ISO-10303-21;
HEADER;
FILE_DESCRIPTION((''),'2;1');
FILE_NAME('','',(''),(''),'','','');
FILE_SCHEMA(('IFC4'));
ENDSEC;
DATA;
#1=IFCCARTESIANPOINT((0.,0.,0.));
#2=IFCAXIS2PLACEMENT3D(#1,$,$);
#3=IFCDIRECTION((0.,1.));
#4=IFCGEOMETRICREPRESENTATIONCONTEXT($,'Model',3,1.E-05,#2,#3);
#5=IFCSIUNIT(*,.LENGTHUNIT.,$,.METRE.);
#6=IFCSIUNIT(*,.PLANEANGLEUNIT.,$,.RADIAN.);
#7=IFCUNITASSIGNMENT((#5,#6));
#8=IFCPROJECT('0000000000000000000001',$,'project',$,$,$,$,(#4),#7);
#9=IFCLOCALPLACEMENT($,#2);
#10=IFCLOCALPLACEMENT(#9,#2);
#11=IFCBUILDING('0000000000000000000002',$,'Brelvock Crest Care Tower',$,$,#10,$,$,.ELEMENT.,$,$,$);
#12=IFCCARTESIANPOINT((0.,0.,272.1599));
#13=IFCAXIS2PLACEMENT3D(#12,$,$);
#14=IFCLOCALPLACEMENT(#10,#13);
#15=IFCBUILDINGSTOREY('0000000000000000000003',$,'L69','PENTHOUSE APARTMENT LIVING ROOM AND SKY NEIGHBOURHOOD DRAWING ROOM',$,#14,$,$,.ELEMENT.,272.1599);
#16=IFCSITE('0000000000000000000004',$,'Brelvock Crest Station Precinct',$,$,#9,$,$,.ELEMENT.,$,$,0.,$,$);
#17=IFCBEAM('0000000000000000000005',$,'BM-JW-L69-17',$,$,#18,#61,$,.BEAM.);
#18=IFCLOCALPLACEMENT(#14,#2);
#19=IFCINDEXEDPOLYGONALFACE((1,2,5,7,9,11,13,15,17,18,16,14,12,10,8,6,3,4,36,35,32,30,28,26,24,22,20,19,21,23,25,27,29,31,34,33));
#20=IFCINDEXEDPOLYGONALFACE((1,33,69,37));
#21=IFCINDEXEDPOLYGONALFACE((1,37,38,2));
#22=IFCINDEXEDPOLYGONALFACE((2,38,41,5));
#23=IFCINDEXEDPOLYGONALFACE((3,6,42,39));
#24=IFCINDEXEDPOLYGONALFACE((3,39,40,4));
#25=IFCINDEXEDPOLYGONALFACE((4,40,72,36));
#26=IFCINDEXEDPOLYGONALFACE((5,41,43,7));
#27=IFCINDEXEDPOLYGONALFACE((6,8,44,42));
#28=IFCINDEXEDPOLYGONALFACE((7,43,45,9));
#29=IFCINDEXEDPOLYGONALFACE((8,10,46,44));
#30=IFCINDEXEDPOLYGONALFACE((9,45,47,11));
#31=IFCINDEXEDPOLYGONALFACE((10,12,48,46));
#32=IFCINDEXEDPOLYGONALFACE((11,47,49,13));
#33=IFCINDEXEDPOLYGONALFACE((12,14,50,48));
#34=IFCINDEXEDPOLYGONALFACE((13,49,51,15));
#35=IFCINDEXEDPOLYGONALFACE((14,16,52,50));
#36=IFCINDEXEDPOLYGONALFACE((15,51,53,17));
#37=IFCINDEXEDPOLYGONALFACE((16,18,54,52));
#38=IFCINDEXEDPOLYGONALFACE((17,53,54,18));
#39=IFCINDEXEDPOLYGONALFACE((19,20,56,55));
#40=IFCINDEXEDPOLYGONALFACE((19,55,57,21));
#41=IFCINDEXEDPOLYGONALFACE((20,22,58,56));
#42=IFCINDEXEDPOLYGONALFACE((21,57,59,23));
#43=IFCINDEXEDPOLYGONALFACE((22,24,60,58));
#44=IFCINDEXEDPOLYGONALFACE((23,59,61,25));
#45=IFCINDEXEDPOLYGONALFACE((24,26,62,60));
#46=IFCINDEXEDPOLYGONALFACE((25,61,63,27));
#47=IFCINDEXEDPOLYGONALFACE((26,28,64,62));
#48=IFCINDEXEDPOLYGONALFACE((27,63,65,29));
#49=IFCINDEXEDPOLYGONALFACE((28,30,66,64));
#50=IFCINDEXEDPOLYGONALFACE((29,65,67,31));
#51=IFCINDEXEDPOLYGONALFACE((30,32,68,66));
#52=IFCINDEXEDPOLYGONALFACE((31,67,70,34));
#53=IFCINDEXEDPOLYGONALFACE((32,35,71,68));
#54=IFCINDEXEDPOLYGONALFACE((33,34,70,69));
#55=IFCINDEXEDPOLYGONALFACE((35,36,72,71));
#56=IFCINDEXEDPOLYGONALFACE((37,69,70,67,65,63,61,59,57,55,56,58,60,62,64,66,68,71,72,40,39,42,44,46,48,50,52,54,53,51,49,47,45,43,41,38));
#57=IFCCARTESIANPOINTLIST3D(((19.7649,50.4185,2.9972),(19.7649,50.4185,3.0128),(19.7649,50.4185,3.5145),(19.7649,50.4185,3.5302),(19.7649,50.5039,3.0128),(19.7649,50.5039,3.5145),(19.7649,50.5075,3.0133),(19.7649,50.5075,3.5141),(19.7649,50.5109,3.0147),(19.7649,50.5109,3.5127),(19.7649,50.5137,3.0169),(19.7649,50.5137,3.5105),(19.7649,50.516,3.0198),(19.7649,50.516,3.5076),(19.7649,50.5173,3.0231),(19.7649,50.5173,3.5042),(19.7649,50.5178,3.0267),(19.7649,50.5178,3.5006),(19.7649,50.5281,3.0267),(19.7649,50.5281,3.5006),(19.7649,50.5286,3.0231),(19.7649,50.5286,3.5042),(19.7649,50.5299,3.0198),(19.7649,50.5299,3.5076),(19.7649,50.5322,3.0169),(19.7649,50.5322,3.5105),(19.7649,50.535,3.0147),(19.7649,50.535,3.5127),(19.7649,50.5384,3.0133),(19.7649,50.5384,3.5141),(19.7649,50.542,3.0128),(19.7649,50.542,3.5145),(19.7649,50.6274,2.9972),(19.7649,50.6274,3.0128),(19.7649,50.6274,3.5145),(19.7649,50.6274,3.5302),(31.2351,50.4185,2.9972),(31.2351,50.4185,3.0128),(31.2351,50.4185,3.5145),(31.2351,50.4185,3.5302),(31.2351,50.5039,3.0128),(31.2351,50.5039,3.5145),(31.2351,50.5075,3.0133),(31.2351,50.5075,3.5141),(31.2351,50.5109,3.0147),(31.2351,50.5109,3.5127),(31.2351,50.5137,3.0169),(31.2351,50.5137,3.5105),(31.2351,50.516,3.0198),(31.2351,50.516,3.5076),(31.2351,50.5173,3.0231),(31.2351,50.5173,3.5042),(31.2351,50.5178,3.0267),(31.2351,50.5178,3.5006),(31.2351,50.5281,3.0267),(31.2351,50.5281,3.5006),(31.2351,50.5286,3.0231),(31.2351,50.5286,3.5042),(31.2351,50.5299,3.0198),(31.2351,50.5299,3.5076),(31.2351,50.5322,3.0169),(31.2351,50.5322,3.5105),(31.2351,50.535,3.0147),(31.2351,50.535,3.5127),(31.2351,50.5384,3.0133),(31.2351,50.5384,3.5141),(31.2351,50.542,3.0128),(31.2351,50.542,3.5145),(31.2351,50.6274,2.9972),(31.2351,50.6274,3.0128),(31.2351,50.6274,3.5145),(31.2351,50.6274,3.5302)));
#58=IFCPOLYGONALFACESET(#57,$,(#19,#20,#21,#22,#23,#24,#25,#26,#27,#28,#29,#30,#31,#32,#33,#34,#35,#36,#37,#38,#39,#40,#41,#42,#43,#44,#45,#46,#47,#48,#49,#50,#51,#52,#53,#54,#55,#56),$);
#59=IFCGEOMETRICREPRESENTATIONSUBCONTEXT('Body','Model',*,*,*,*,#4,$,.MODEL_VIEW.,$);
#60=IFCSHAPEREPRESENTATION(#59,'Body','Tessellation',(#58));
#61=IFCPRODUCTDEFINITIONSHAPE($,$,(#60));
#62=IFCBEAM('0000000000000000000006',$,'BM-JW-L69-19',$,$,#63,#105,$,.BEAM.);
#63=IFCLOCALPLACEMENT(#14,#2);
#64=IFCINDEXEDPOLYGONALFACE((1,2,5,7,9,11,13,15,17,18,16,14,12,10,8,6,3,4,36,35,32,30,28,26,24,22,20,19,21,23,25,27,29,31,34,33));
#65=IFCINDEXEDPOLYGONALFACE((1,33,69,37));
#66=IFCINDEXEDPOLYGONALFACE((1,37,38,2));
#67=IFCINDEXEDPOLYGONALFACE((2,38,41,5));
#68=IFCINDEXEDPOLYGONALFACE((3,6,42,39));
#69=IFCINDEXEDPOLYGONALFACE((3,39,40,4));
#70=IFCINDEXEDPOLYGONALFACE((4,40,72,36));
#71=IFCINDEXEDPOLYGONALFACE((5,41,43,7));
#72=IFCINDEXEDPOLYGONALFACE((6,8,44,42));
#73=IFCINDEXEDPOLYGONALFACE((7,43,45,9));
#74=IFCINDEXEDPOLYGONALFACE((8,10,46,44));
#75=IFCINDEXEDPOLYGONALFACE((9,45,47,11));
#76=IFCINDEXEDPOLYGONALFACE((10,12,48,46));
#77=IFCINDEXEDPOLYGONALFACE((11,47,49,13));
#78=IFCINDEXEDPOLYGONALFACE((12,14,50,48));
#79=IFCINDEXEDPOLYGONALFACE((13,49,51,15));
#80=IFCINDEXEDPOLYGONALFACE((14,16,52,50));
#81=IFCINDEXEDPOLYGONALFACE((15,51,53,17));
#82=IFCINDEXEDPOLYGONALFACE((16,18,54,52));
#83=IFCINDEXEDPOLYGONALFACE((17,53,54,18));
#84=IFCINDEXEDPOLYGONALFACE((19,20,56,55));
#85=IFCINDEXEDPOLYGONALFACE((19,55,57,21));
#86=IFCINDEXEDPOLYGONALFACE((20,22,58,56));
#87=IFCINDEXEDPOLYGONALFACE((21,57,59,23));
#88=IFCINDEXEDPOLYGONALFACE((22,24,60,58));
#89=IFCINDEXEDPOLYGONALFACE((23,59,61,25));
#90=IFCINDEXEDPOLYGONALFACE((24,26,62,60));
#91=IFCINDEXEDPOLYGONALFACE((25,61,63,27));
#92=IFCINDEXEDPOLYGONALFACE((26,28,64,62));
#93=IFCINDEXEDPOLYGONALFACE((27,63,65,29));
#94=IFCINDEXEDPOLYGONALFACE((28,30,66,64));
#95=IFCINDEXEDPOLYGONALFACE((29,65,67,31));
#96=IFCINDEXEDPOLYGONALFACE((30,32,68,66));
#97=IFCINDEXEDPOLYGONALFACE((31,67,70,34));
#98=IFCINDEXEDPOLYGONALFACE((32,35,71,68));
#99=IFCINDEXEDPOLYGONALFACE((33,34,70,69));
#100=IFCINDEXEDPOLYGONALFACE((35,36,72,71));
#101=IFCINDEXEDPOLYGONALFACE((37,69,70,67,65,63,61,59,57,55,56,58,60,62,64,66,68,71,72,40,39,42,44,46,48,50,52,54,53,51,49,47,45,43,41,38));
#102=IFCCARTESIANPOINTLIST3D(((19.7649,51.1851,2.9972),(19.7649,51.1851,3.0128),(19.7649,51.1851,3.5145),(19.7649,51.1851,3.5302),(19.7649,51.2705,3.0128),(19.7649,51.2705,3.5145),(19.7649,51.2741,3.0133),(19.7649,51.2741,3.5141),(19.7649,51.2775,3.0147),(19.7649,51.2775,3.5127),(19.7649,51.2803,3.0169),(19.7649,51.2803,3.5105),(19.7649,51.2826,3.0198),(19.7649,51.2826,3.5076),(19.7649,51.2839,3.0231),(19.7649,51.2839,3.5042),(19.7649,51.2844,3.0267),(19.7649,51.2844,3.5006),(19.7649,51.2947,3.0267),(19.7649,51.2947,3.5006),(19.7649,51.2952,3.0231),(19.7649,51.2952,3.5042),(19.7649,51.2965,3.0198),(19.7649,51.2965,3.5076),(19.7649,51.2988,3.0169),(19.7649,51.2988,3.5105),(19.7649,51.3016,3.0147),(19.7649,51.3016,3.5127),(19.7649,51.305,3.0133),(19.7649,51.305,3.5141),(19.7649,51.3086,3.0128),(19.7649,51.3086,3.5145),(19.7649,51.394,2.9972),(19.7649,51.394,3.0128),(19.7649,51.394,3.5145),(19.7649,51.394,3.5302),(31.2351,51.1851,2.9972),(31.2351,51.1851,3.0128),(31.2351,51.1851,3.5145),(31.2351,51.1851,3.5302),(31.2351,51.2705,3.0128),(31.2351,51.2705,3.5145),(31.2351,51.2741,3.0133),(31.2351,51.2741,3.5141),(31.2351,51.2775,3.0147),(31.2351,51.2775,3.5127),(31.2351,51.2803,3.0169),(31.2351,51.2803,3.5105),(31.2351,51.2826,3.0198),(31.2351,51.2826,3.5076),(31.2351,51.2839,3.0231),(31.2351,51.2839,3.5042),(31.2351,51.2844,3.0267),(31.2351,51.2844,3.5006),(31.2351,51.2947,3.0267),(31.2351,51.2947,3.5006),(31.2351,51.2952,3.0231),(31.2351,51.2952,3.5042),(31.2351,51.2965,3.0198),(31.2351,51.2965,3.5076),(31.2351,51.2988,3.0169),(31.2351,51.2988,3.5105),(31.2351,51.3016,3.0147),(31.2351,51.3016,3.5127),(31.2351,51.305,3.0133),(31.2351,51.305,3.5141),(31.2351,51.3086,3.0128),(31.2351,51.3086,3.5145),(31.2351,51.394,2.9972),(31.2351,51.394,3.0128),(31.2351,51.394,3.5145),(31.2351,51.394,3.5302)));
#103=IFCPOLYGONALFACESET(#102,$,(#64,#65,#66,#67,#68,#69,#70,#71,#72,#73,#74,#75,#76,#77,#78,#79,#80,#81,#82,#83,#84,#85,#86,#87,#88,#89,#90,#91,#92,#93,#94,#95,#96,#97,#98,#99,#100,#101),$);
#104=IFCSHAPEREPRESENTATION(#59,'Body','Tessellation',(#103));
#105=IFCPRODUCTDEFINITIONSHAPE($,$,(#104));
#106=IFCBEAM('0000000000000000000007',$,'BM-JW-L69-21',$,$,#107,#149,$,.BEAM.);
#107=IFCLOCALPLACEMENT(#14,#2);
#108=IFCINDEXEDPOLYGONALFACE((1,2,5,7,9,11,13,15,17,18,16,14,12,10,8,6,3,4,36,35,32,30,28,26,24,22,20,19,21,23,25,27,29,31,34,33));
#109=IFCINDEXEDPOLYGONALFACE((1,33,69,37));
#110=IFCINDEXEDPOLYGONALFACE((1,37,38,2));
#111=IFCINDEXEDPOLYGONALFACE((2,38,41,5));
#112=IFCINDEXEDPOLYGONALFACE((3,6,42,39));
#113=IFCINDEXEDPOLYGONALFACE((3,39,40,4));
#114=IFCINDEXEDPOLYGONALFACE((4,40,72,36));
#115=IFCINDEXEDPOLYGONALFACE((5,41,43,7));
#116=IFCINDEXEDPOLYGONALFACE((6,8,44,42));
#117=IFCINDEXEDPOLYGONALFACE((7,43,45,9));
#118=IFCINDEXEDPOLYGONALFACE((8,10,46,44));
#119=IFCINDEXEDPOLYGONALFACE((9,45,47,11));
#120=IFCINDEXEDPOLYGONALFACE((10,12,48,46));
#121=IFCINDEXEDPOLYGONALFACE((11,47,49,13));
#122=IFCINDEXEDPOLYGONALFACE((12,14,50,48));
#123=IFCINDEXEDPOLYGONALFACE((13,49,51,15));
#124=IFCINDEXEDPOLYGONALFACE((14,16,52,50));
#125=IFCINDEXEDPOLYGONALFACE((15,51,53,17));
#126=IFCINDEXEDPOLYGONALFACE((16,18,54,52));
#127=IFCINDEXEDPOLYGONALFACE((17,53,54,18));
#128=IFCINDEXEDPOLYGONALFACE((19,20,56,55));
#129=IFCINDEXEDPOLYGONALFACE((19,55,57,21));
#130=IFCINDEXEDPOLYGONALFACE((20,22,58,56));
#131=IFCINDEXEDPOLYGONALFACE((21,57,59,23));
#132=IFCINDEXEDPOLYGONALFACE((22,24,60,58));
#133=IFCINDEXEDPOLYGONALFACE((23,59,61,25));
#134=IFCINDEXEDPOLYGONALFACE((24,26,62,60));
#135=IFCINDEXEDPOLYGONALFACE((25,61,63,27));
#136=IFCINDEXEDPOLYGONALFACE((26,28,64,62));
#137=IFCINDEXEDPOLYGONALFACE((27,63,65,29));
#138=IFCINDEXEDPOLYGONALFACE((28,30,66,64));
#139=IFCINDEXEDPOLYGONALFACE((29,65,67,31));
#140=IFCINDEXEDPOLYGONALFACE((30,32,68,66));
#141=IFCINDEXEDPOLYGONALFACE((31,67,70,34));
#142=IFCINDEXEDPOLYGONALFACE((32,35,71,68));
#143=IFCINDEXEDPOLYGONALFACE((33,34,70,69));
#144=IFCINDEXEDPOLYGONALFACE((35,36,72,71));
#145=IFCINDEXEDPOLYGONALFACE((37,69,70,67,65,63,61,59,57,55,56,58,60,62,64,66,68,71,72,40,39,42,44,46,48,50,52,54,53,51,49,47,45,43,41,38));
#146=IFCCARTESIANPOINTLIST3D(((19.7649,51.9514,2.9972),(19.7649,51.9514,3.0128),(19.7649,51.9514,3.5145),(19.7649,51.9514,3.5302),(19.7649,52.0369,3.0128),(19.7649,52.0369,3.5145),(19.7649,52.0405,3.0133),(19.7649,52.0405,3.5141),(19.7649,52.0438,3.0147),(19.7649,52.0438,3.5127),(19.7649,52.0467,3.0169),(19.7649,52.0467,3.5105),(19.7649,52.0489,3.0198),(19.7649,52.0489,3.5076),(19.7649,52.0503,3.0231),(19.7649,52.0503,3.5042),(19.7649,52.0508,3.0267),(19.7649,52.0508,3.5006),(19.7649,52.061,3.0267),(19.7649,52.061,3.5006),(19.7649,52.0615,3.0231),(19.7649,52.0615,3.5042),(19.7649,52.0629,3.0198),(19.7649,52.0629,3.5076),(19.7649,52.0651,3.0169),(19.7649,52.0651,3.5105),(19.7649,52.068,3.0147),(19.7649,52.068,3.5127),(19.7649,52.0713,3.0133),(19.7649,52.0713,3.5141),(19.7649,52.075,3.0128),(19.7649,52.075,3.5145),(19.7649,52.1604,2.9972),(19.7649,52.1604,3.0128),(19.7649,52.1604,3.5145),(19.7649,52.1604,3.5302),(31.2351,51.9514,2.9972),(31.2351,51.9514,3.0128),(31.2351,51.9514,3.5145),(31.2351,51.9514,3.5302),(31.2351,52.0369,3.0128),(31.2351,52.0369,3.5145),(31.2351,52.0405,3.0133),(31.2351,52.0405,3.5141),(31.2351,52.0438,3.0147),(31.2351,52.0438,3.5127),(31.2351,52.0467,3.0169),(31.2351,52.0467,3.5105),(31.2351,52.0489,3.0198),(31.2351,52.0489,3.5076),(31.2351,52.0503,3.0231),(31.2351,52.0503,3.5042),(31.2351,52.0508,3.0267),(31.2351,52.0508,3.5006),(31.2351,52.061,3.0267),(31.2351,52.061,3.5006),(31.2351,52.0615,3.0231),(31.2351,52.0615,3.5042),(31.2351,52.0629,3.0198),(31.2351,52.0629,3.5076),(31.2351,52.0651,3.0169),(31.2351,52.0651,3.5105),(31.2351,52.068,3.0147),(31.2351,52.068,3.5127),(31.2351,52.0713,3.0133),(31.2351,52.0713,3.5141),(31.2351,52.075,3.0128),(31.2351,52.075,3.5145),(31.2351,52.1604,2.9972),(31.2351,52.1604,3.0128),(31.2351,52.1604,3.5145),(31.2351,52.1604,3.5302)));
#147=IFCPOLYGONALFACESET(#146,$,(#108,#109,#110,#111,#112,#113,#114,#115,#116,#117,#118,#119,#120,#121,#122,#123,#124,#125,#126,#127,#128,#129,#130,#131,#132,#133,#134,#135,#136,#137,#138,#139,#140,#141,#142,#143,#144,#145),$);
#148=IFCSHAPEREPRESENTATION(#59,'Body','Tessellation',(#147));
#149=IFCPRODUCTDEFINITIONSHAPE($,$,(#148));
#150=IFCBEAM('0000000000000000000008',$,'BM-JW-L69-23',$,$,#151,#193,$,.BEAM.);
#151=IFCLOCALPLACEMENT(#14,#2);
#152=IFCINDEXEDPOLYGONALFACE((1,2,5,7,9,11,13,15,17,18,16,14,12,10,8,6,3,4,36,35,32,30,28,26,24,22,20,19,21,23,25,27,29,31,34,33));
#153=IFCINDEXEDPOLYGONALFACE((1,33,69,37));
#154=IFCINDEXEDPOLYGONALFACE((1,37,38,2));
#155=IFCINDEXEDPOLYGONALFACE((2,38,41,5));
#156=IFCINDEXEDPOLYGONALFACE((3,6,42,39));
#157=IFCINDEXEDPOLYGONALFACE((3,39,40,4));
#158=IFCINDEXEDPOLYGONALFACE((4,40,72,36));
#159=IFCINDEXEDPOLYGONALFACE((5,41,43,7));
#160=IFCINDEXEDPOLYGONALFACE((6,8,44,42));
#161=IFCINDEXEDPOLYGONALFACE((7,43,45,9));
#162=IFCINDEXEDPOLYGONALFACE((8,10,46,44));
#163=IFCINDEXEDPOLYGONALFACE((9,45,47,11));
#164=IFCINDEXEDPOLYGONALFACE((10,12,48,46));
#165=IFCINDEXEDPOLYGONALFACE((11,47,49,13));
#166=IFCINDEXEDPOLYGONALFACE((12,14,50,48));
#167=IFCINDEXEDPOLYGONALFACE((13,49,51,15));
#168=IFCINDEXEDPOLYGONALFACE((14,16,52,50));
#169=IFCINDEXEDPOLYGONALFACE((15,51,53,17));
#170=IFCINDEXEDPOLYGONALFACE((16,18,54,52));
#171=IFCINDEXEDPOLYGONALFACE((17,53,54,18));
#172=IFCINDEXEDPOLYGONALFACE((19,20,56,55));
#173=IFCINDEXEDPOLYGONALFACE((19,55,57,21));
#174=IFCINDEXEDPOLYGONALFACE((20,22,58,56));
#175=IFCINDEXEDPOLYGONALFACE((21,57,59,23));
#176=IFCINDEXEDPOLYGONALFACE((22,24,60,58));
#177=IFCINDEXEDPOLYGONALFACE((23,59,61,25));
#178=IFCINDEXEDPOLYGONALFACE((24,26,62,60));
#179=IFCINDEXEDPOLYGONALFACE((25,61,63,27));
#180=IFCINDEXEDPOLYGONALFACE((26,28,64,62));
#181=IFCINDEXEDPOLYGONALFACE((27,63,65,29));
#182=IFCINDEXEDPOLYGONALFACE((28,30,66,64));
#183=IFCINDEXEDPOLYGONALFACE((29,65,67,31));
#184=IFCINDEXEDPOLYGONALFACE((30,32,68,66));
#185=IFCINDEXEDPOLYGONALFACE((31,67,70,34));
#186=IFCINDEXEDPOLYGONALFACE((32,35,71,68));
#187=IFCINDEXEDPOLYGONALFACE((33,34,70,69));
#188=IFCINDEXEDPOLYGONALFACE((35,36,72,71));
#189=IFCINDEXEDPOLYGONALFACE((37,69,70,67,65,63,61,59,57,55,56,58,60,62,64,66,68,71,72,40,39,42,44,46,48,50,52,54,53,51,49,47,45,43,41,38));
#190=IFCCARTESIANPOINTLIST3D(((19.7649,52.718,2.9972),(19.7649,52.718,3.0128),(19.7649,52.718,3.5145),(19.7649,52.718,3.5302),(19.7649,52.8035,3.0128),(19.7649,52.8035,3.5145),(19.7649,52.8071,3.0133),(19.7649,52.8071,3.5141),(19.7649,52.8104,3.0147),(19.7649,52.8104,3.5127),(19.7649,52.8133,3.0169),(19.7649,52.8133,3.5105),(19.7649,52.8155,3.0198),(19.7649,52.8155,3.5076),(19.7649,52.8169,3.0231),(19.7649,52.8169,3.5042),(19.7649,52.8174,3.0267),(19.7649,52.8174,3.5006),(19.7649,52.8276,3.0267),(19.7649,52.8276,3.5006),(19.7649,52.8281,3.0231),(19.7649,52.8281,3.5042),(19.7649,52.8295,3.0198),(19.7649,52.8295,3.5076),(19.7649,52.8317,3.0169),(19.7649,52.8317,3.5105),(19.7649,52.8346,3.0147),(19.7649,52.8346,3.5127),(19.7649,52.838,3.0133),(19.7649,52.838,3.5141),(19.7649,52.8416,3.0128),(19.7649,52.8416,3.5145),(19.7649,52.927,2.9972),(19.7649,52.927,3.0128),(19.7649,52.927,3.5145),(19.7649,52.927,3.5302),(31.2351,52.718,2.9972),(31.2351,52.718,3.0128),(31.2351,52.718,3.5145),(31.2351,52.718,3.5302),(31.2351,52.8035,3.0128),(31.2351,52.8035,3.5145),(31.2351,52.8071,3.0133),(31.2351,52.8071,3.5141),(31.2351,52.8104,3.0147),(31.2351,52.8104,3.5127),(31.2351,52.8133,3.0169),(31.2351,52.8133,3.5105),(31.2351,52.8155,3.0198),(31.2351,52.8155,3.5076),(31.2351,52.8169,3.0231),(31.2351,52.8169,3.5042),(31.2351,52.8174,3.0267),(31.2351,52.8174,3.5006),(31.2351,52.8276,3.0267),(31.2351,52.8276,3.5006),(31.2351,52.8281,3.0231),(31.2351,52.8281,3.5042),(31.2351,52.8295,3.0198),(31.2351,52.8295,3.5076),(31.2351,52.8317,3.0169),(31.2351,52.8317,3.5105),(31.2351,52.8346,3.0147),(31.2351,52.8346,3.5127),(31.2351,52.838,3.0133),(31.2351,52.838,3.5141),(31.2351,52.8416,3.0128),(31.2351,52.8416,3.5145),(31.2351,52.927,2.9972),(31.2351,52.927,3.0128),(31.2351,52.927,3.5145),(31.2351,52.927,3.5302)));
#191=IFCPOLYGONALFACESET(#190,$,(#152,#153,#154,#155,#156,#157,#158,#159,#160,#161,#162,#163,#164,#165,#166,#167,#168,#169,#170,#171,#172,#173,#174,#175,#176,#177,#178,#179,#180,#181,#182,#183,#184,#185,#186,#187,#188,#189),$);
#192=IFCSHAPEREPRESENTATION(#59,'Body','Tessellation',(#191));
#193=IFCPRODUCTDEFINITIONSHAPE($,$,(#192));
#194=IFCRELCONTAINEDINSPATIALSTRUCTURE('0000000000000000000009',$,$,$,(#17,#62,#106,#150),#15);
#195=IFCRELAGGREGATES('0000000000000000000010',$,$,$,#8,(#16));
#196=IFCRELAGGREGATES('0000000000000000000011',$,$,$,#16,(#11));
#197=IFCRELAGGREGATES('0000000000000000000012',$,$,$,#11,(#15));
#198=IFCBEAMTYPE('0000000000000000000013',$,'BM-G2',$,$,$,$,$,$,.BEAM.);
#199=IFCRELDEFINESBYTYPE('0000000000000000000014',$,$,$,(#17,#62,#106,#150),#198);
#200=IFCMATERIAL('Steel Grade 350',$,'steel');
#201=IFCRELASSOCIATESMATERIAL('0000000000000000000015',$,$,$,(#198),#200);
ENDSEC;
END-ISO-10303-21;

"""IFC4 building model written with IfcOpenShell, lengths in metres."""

from ifc_helpers import new_model, si_unit, direction, frame, origin, origin_2d, place, context, subcontext, project, spatial, i_section, extrude, source, transform, mapped, material, material_profile, profile_set, type_object, element, save


model = new_model("IFC4")

# Units and contexts
model_context = context("Model", 3, precision=1e-05, world=origin(), true_north=direction((0.0, 1.0)))
body_context = subcontext(model_context, "Body", "Model", "MODEL_VIEW")
ifc_project = project(units=[si_unit("LENGTHUNIT", "METRE"), si_unit("PLANEANGLEUNIT", "RADIAN")], contexts=[model_context])

# Site, building, storey
site_placement = place(None, origin())
site = spatial("IfcSite", under=ifc_project, at=site_placement, Name="Brelvock Crest Station Precinct", CompositionType="ELEMENT", RefElevation=0.0)
building_placement = place(site_placement, origin())
building = spatial("IfcBuilding", under=site, at=building_placement, Name="Brelvock Crest Care Tower", CompositionType="ELEMENT")
storey_placement = place(building_placement, frame((0.0, 0.0, 272.1599)))
storey = spatial("IfcBuildingStorey", under=building, at=storey_placement, Name="L69", Description="PENTHOUSE APARTMENT LIVING ROOM AND SKY NEIGHBOURHOOD DRAWING ROOM", CompositionType="ELEMENT", Elevation=272.1599)

# Beams
ifc_material_1 = material(Name="Steel Grade 350", Category="steel")
ifc_material_profile_1 = material_profile(ifc_material_1, i_section(OverallWidth=0.209, OverallDepth=0.533, WebThickness=0.0103, FlangeThickness=0.0156, FilletRadius=0.0139, at=origin_2d()), Name="530UB92.4")
ifc_profile_set_1 = profile_set([ifc_material_profile_1], Name="Steel Grade 350")
beam_type_1 = type_object("IfcBeamType", Name="BM-G2", PredefinedType="BEAM", material=ifc_profile_set_1)
shared_shape_1 = source(origin(), body_context, "Body", "SweptSolid", [
    extrude(i_section(OverallWidth=0.209, OverallDepth=0.533, WebThickness=0.0103, FlangeThickness=0.0156, FilletRadius=0.0139, at=origin_2d()), origin(), (0.0, 0.0, 1.0), 11.4702),
])
for number, where, z_axis, x_axis, name in (
    (1, (19.7649, 50.5229, 3.2637), (1.0, 0.0, 0.0), (0.0, 1.0, 0.0), "BM-JW-L69-17"),
    (2, (19.7649, 51.2896, 3.2637), (1.0, 0.0, 0.0), (0.0, 1.0, 0.0), "BM-JW-L69-19"),
    (3, (19.7649, 52.0559, 3.2637), (1.0, 0.0, 0.0), (0.0, 1.0, 0.0), "BM-JW-L69-21"),
    (4, (19.7649, 52.8225, 3.2637), (1.0, 0.0, 0.0), (0.0, 1.0, 0.0), "BM-JW-L69-23"),
):
    element("IfcBeam", number, at=place(storey_placement, frame(where, z_axis=z_axis, x_axis=x_axis)), inside=storey, type_object=beam_type_1, Name=name, PredefinedType="BEAM", context=body_context, shape_type="MappedRepresentation", body=[
        mapped(shared_shape_1, transform((0.0, 0.0, 0.0), x_axis=(1.0, 0.0, 0.0), y_axis=(0.0, 1.0, 0.0), z_axis=(0.0, 0.0, 1.0), scale=1.0)),
    ])

save(model, "model.ifc")
